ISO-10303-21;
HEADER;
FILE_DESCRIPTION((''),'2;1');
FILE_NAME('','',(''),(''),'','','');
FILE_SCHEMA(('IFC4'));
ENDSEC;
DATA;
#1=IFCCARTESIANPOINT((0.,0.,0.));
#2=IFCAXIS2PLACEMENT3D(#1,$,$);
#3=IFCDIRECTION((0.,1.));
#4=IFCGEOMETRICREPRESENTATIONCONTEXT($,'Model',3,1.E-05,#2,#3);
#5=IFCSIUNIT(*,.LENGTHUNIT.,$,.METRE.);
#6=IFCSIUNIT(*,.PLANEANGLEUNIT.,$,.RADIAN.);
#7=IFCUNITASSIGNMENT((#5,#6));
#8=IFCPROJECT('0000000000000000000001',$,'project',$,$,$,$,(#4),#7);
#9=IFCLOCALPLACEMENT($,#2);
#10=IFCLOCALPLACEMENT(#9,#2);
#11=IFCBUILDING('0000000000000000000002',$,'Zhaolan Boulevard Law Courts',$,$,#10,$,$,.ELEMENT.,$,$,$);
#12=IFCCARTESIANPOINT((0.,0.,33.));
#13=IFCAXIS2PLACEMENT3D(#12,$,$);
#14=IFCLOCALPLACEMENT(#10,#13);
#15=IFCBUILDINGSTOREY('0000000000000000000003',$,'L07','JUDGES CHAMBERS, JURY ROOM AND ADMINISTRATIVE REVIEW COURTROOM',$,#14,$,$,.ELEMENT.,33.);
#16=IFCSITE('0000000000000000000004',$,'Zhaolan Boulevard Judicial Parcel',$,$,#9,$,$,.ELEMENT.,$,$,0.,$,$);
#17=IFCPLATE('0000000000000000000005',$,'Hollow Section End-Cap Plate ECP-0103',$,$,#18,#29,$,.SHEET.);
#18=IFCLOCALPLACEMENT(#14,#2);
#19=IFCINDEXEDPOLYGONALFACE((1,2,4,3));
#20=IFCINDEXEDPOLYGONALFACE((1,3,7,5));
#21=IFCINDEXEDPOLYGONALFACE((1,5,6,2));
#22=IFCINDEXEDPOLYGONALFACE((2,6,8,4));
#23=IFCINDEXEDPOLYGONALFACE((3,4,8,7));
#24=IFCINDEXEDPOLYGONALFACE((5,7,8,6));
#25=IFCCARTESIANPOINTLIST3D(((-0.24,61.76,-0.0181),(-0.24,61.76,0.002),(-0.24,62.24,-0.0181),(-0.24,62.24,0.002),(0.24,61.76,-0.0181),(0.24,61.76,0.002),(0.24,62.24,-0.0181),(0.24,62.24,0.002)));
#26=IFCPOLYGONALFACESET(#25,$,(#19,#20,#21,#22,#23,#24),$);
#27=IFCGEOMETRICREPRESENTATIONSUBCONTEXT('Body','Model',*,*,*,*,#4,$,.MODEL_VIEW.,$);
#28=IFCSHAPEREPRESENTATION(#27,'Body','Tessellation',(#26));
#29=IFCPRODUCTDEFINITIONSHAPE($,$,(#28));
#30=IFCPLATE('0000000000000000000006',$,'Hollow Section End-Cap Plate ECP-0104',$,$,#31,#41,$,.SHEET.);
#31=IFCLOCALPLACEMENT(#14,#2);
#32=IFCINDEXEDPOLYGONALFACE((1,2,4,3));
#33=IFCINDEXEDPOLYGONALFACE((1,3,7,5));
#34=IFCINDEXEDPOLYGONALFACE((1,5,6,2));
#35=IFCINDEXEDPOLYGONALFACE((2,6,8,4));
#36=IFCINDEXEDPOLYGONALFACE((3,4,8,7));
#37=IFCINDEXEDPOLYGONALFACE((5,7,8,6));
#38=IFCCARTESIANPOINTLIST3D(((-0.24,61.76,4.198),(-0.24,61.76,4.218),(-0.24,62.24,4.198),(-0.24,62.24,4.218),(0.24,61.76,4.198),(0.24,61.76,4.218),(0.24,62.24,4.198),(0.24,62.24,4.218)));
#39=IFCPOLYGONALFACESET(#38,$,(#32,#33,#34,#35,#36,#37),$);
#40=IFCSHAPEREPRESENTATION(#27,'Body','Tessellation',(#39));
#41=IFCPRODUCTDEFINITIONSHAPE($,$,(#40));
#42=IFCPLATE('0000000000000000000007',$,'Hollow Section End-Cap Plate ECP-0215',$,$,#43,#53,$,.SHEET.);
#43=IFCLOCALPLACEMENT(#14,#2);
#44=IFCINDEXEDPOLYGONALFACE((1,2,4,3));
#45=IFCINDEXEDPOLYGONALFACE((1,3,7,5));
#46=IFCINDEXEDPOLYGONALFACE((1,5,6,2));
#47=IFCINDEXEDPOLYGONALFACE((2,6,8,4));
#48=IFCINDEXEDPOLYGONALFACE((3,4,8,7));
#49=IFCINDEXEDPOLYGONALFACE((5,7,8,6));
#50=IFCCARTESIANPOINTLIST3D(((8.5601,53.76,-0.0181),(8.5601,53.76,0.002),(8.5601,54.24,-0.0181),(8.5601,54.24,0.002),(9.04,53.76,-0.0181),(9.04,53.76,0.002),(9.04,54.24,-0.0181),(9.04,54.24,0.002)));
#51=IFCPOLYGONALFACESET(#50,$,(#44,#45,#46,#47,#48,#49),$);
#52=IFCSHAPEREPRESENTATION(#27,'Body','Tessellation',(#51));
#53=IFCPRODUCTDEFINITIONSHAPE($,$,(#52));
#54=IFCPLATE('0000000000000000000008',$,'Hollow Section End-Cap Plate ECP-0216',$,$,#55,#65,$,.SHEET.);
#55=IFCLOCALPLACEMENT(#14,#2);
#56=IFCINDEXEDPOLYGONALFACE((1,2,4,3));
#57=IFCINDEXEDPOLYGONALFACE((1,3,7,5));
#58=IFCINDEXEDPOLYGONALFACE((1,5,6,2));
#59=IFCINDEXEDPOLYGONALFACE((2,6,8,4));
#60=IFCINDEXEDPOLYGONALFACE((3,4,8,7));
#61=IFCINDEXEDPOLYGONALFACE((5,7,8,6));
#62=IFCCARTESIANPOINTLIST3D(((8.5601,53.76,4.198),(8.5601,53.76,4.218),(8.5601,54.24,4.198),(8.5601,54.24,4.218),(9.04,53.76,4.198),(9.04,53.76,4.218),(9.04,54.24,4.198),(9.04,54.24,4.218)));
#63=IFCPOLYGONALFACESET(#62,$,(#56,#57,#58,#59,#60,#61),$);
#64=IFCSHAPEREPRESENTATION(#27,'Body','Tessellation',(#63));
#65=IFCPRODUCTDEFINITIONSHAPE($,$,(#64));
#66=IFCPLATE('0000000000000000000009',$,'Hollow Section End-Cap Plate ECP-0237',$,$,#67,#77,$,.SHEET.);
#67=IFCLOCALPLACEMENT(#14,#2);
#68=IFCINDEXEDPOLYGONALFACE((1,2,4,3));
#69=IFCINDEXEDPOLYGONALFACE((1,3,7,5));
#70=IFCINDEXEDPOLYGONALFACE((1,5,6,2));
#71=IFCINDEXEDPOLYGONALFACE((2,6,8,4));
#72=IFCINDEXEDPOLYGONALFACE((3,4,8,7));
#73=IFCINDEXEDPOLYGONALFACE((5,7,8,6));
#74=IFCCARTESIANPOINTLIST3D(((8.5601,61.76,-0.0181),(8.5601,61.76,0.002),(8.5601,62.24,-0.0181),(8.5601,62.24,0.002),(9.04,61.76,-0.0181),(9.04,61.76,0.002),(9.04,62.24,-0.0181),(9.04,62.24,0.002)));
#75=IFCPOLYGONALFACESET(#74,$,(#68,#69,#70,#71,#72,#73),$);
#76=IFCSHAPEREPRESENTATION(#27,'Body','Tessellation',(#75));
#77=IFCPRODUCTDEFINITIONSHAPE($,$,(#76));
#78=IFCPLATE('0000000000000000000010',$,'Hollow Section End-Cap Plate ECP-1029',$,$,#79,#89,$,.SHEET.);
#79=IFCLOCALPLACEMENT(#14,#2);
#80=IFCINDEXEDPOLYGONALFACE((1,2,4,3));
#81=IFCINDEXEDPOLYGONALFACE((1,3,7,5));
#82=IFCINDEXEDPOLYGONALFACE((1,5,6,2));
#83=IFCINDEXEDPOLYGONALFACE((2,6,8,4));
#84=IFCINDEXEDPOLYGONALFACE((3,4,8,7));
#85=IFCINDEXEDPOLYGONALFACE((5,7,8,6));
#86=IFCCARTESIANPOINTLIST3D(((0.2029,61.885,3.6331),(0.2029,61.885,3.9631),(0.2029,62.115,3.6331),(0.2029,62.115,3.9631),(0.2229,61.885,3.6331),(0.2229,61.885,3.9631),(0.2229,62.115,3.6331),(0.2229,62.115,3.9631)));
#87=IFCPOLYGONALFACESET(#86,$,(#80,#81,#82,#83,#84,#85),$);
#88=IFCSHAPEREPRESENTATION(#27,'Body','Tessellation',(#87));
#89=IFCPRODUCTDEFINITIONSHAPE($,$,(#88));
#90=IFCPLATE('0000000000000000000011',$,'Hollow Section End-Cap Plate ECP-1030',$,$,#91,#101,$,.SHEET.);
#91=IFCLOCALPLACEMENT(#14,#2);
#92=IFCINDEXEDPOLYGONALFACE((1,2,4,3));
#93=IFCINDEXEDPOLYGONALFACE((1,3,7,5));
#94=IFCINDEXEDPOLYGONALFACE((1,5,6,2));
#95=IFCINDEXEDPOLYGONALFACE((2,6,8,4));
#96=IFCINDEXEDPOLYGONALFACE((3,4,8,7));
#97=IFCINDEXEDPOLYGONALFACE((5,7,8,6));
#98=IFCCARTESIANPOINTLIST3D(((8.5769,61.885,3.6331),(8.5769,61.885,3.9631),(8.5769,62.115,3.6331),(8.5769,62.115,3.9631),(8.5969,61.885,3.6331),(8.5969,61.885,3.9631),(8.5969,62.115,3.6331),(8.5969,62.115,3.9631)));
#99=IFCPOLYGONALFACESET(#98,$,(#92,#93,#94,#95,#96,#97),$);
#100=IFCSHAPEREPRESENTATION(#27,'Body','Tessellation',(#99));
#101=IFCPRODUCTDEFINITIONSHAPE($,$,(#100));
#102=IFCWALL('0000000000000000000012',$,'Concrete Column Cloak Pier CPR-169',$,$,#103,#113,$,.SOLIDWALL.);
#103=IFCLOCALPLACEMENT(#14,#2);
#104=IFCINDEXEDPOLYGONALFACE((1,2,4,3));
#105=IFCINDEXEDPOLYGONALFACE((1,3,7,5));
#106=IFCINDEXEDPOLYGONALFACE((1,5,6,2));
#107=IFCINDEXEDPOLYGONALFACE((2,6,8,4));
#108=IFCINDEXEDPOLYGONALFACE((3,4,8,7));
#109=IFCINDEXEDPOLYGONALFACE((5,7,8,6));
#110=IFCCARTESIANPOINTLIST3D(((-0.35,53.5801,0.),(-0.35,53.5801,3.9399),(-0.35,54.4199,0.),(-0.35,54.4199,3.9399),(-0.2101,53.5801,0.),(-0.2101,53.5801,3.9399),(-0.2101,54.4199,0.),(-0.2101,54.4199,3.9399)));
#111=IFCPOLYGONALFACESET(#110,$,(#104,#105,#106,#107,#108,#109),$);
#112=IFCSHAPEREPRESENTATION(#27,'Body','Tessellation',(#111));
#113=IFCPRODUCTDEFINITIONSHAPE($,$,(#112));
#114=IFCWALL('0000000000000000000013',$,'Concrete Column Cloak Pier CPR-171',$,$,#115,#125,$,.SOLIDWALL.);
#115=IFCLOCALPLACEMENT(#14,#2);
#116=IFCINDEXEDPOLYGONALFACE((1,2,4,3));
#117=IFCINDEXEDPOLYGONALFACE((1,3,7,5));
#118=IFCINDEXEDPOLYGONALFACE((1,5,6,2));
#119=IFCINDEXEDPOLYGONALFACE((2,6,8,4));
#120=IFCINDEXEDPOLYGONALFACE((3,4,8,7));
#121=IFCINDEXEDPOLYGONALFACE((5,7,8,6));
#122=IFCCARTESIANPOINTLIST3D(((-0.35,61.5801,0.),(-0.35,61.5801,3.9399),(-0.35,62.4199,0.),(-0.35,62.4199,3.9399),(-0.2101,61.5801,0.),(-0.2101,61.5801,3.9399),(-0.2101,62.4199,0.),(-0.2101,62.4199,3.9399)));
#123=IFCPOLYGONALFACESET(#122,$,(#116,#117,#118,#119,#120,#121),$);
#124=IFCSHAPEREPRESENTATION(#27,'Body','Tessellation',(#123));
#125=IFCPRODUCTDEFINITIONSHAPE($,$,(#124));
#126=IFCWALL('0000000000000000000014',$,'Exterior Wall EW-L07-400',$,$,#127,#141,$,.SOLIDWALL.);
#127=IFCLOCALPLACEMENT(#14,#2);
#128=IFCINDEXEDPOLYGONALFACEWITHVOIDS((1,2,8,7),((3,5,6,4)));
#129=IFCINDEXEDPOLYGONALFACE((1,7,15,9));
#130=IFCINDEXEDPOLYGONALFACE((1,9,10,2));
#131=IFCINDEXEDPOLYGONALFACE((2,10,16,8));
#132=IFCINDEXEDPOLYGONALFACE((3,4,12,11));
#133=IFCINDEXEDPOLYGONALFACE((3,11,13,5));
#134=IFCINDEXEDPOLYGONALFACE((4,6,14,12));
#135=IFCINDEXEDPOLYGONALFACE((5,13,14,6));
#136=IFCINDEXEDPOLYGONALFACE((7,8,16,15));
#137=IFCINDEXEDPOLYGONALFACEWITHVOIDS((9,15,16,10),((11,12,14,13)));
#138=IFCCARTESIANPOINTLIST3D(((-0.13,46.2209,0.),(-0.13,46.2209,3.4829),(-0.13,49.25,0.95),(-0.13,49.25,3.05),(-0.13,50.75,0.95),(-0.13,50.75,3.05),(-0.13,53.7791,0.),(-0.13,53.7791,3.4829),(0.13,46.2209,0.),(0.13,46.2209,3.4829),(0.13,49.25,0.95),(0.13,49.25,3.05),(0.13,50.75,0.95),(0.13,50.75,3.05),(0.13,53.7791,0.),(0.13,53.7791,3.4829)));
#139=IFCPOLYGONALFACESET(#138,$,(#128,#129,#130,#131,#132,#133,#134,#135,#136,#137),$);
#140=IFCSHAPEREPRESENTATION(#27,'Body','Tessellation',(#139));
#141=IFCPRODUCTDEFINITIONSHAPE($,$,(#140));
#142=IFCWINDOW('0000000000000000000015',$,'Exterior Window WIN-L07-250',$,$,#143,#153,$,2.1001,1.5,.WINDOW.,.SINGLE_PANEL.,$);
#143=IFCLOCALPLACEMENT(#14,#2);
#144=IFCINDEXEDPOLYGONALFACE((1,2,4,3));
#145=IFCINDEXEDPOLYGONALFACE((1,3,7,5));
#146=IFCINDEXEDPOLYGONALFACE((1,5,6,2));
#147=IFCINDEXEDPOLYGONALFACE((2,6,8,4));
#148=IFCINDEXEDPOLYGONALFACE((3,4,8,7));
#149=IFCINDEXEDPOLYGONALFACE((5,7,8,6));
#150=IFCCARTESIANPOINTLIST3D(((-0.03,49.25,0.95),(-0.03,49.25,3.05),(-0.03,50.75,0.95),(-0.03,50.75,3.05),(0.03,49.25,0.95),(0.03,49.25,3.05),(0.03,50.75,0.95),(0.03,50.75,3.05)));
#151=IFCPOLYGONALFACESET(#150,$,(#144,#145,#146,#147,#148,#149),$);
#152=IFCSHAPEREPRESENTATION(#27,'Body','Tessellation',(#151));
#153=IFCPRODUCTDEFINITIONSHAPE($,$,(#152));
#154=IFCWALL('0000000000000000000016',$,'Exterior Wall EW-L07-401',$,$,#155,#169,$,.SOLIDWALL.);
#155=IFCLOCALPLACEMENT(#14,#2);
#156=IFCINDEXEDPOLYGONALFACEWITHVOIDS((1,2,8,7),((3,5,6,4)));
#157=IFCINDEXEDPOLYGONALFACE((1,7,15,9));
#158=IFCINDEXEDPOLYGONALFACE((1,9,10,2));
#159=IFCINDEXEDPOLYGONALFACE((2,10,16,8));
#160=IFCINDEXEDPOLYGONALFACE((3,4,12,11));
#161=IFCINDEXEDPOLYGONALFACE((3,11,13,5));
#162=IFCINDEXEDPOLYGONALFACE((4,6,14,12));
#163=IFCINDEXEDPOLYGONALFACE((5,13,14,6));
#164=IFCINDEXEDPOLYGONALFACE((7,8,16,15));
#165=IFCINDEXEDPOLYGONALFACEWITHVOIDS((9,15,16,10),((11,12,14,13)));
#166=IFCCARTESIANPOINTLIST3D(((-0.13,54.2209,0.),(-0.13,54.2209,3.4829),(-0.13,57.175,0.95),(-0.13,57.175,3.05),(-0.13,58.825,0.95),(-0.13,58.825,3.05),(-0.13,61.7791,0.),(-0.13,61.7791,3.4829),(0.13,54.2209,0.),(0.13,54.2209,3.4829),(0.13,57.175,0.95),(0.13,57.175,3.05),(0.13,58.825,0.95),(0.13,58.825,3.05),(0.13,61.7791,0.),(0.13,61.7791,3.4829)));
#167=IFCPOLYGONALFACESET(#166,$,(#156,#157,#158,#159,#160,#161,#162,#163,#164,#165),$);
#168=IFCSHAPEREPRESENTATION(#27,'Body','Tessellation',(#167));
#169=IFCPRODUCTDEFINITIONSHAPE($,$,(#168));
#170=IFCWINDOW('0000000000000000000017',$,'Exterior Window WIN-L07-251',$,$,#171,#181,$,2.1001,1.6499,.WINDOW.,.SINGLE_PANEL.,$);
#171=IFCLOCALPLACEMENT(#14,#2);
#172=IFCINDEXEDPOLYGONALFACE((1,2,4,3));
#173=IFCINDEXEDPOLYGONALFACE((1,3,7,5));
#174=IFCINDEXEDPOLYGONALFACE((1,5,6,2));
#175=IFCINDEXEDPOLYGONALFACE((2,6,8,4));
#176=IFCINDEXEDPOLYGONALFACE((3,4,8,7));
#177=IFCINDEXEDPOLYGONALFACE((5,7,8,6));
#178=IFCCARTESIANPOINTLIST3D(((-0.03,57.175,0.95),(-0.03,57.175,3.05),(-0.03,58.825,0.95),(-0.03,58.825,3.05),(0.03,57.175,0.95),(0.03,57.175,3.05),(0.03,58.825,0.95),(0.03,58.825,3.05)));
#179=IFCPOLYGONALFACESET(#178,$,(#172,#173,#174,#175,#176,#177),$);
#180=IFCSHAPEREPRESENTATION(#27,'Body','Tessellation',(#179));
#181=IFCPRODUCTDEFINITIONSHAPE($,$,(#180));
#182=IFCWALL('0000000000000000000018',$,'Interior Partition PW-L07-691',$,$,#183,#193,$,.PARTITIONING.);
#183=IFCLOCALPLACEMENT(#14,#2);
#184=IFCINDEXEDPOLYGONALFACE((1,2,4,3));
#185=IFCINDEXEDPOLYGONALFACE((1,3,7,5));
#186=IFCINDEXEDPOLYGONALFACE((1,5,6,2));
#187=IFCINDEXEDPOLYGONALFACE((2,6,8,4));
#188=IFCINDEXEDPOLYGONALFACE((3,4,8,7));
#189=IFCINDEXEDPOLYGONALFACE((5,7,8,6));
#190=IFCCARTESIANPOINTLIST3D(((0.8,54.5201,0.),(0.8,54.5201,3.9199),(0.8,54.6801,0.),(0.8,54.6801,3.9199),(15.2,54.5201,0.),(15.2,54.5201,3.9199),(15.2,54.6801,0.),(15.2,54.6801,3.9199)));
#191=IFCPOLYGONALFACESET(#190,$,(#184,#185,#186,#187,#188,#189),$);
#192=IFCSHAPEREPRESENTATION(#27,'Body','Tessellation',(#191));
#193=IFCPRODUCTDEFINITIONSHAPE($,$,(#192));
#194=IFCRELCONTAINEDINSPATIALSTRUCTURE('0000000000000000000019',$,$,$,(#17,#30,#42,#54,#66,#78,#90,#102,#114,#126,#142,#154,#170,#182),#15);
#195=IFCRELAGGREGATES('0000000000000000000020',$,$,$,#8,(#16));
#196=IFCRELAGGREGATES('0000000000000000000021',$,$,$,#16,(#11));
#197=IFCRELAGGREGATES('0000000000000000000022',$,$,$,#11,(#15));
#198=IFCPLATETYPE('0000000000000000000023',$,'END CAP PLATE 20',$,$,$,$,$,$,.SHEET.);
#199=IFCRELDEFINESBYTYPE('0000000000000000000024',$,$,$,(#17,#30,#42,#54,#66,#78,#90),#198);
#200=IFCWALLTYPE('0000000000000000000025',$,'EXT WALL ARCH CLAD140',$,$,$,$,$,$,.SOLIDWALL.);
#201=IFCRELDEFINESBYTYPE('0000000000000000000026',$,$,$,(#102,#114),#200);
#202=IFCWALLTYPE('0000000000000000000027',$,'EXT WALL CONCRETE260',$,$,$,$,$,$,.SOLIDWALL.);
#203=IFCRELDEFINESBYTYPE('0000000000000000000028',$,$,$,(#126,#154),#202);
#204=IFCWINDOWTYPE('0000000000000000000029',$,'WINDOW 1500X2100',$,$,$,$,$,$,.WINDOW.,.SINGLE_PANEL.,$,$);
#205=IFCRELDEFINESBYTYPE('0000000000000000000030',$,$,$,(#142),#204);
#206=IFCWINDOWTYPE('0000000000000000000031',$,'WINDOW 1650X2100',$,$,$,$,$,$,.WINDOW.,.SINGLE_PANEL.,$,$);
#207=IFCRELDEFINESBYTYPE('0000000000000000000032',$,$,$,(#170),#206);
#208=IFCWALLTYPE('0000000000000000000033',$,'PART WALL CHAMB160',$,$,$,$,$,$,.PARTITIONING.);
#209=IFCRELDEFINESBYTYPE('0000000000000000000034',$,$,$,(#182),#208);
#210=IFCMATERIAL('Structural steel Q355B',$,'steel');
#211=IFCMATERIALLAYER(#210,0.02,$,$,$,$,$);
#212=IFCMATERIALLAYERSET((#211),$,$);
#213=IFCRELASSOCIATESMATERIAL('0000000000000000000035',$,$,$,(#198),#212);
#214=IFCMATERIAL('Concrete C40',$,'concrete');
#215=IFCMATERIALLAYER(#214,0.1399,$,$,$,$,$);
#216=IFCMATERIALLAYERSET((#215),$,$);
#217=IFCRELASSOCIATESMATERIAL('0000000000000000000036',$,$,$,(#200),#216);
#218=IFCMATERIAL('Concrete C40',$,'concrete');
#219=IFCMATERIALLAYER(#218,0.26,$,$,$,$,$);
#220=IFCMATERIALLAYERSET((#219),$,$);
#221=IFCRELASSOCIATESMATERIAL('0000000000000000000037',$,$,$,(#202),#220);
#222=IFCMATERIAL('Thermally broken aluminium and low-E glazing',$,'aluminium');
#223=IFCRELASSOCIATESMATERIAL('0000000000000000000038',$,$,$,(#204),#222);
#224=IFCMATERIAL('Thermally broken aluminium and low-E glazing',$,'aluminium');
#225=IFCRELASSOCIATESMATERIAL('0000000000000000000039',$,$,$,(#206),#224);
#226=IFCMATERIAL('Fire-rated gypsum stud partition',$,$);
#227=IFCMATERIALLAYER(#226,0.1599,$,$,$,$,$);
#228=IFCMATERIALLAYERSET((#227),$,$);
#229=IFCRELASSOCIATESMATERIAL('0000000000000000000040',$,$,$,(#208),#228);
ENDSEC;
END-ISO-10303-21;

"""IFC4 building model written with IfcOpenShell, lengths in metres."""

from ifc_helpers import new_model, si_unit, direction, frame, frame_2d, origin, origin_2d, place, context, subcontext, project, spatial, rectangle, extrude, material, layer, layer_set, type_object, element, fill, save


model = new_model("IFC4")

# Units and contexts
model_context = context("Model", 3, precision=1e-05, world=origin(), true_north=direction((0.0, 1.0)))
body_context = subcontext(model_context, "Body", "Model", "MODEL_VIEW")
ifc_project = project(units=[si_unit("LENGTHUNIT", "METRE"), si_unit("PLANEANGLEUNIT", "RADIAN")], contexts=[model_context])

# Site, building, storey
site_placement = place(None, origin())
site = spatial("IfcSite", under=ifc_project, at=site_placement, Name="Zhaolan Boulevard Judicial Parcel", CompositionType="ELEMENT", RefElevation=0.0)
building_placement = place(site_placement, origin())
building = spatial("IfcBuilding", under=site, at=building_placement, Name="Zhaolan Boulevard Law Courts", CompositionType="ELEMENT")
storey_placement = place(building_placement, frame((0.0, 0.0, 33.0)))
storey = spatial("IfcBuildingStorey", under=building, at=storey_placement, Name="L07", Description="JUDGES CHAMBERS, JURY ROOM AND ADMINISTRATIVE REVIEW COURTROOM", CompositionType="ELEMENT", Elevation=33.0)

# Plates
ifc_material_1 = material(Name="Structural steel Q355B", Category="steel")
ifc_layer_1 = layer(ifc_material_1, 0.02)
ifc_layer_set_1 = layer_set([ifc_layer_1])
plate_type = type_object("IfcPlateType", Name="END CAP PLATE 20", PredefinedType="SHEET", material=ifc_layer_set_1)
for number, where, z_axis, x_axis, name in (
    (1, (0.0, 62.0, -0.0181), (0.0, 0.0, 1.0), (1.0, 0.0, 0.0), "Hollow Section End-Cap Plate ECP-0103"),
    (2, (0.0, 62.0, 4.198), (0.0, 0.0, 1.0), (1.0, 0.0, 0.0), "Hollow Section End-Cap Plate ECP-0104"),
    (3, (8.8, 54.0, -0.0181), (0.0, 0.0, 1.0), (1.0, 0.0, 0.0), "Hollow Section End-Cap Plate ECP-0215"),
    (4, (8.8, 54.0, 4.198), (0.0, 0.0, 1.0), (1.0, 0.0, 0.0), "Hollow Section End-Cap Plate ECP-0216"),
    (5, (8.8, 62.0, -0.0181), (0.0, 0.0, 1.0), (1.0, 0.0, 0.0), "Hollow Section End-Cap Plate ECP-0237"),
):
    element("IfcPlate", number, at=place(storey_placement, frame(where, z_axis=z_axis, x_axis=x_axis)), inside=storey, type_object=plate_type, Name=name, PredefinedType="SHEET", context=body_context, shape_type="SweptSolid", body=[
        extrude(rectangle(XDim=0.48, YDim=0.48, at=origin_2d()), origin(), (0.0, 0.0, 1.0), 0.02),
    ])
for number, where, z_axis, x_axis, name in (
    (6, (0.2129, 62.0, 3.6331), (0.0, 0.0, 1.0), (1.0, 0.0, 0.0), "Hollow Section End-Cap Plate ECP-1029"),
    (7, (8.5869, 62.0, 3.6331), (0.0, 0.0, 1.0), (1.0, 0.0, 0.0), "Hollow Section End-Cap Plate ECP-1030"),
):
    element("IfcPlate", number, at=place(storey_placement, frame(where, z_axis=z_axis, x_axis=x_axis)), inside=storey, type_object=plate_type, Name=name, PredefinedType="SHEET", context=body_context, shape_type="SweptSolid", body=[
        extrude(rectangle(XDim=0.02, YDim=0.23, at=origin_2d()), origin(), (0.0, 0.0, 1.0), 0.3301),
    ])

# Walls
ifc_material_2 = material(Name="Concrete C40", Category="concrete")
ifc_layer_2 = layer(ifc_material_2, 0.1399)
ifc_layer_set_2 = layer_set([ifc_layer_2])
wall_type_1 = type_object("IfcWallType", Name="EXT WALL ARCH CLAD140", PredefinedType="SOLIDWALL", material=ifc_layer_set_2)
for number, where, z_axis, x_axis, name in (
    (8, (-0.28, 53.5801, 0.0), (0.0, 0.0, 1.0), (0.0, 1.0, 0.0), "Concrete Column Cloak Pier CPR-169"),
    (9, (-0.28, 61.5801, 0.0), (0.0, 0.0, 1.0), (0.0, 1.0, 0.0), "Concrete Column Cloak Pier CPR-171"),
):
    element("IfcWall", number, at=place(storey_placement, frame(where, z_axis=z_axis, x_axis=x_axis)), inside=storey, type_object=wall_type_1, Name=name, PredefinedType="SOLIDWALL", context=body_context, shape_type="SweptSolid", body=[
        extrude(rectangle(XDim=0.8398, YDim=0.1399, at=frame_2d((0.4199, 0.0))), origin(), (0.0, 0.0, 1.0), 3.9399),
    ])

# Walls, openings, windows
ifc_material_3 = material(Name="Concrete C40", Category="concrete")
ifc_layer_3 = layer(ifc_material_3, 0.26)
ifc_layer_set_3 = layer_set([ifc_layer_3])
wall_type_2 = type_object("IfcWallType", Name="EXT WALL CONCRETE260", PredefinedType="SOLIDWALL", material=ifc_layer_set_3)
wall_1_placement = place(storey_placement, frame((0.0, 53.7791, 0.0), z_axis=(0.0, 0.0, 1.0), x_axis=(0.0, -1.0, 0.0)))
wall_1 = element("IfcWall", 10, at=wall_1_placement, inside=storey, type_object=wall_type_2, Name="Exterior Wall EW-L07-400", PredefinedType="SOLIDWALL", context=body_context, shape_type="SweptSolid", body=[
    extrude(rectangle(XDim=7.5581, YDim=0.26, at=frame_2d((3.7791, 0.0))), origin(), (0.0, 0.0, 1.0), 3.4829),
])
opening_1_placement = place(wall_1_placement, frame((3.0291, 0.0, 0.95)))
opening_1 = element("IfcOpeningElement", 11, at=opening_1_placement, cuts=wall_1, PredefinedType="OPENING", context=body_context, shape_type="SweptSolid", body=[
    extrude(rectangle(XDim=1.5, YDim=2.1001, at=frame_2d((0.75, 1.05))), frame((0.0, 0.1399, 0.0), z_axis=(0.0, -1.0, 0.0), x_axis=(1.0, 0.0, 0.0)), (0.0, 0.0, 1.0), 0.28),
])
ifc_material_4 = material(Name="Thermally broken aluminium and low-E glazing", Category="aluminium")
window_type_1 = type_object("IfcWindowType", Name="WINDOW 1500X2100", PartitioningType="SINGLE_PANEL", PredefinedType="WINDOW", material=ifc_material_4)
window_1_placement = place(opening_1_placement, origin())
window_1 = element("IfcWindow", 12, at=window_1_placement, inside=storey, type_object=window_type_1, Name="Exterior Window WIN-L07-250", OverallHeight=2.1001, OverallWidth=1.5, PartitioningType="SINGLE_PANEL", PredefinedType="WINDOW", context=body_context, shape_type="SweptSolid", body=[
    extrude(rectangle(XDim=1.5, YDim=2.1001, at=frame_2d((0.75, 1.05))), frame((0.0, 0.03, 0.0), z_axis=(0.0, -1.0, 0.0), x_axis=(1.0, 0.0, 0.0)), (0.0, 0.0, 1.0), 0.0601),
])
fill(opening_1, window_1)
wall_2_placement = place(storey_placement, frame((0.0, 61.7791, 0.0), z_axis=(0.0, 0.0, 1.0), x_axis=(0.0, -1.0, 0.0)))
wall_2 = element("IfcWall", 13, at=wall_2_placement, inside=storey, type_object=wall_type_2, Name="Exterior Wall EW-L07-401", PredefinedType="SOLIDWALL", context=body_context, shape_type="SweptSolid", body=[
    extrude(rectangle(XDim=7.5581, YDim=0.26, at=frame_2d((3.7791, 0.0))), origin(), (0.0, 0.0, 1.0), 3.4829),
])
opening_2_placement = place(wall_2_placement, frame((2.9541, 0.0, 0.95)))
opening_2 = element("IfcOpeningElement", 14, at=opening_2_placement, cuts=wall_2, PredefinedType="OPENING", context=body_context, shape_type="SweptSolid", body=[
    extrude(rectangle(XDim=1.6499, YDim=2.1001, at=frame_2d((0.825, 1.05))), frame((0.0, 0.1399, 0.0), z_axis=(0.0, -1.0, 0.0), x_axis=(1.0, 0.0, 0.0)), (0.0, 0.0, 1.0), 0.28),
])
ifc_material_5 = material(Name="Thermally broken aluminium and low-E glazing", Category="aluminium")
window_type_2 = type_object("IfcWindowType", Name="WINDOW 1650X2100", PartitioningType="SINGLE_PANEL", PredefinedType="WINDOW", material=ifc_material_5)
window_2_placement = place(opening_2_placement, origin())
window_2 = element("IfcWindow", 15, at=window_2_placement, inside=storey, type_object=window_type_2, Name="Exterior Window WIN-L07-251", OverallHeight=2.1001, OverallWidth=1.6499, PartitioningType="SINGLE_PANEL", PredefinedType="WINDOW", context=body_context, shape_type="SweptSolid", body=[
    extrude(rectangle(XDim=1.6499, YDim=2.1001, at=frame_2d((0.825, 1.05))), frame((0.0, 0.03, 0.0), z_axis=(0.0, -1.0, 0.0), x_axis=(1.0, 0.0, 0.0)), (0.0, 0.0, 1.0), 0.0601),
])
fill(opening_2, window_2)

# Wall
ifc_material_6 = material(Name="Fire-rated gypsum stud partition")
ifc_layer_4 = layer(ifc_material_6, 0.1599)
ifc_layer_set_4 = layer_set([ifc_layer_4])
wall_type_3 = type_object("IfcWallType", Name="PART WALL CHAMB160", PredefinedType="PARTITIONING", material=ifc_layer_set_4)
wall_3_placement = place(storey_placement, frame((0.8, 54.6001, 0.0), z_axis=(0.0, 0.0, 1.0), x_axis=(1.0, 0.0, 0.0)))
element("IfcWall", 16, at=wall_3_placement, inside=storey, type_object=wall_type_3, Name="Interior Partition PW-L07-691", PredefinedType="PARTITIONING", context=body_context, shape_type="SweptSolid", body=[
    extrude(rectangle(XDim=14.3999, YDim=0.1599, at=frame_2d((7.2, 0.0))), origin(), (0.0, 0.0, 1.0), 3.9199),
])

save(model, "model.ifc")
